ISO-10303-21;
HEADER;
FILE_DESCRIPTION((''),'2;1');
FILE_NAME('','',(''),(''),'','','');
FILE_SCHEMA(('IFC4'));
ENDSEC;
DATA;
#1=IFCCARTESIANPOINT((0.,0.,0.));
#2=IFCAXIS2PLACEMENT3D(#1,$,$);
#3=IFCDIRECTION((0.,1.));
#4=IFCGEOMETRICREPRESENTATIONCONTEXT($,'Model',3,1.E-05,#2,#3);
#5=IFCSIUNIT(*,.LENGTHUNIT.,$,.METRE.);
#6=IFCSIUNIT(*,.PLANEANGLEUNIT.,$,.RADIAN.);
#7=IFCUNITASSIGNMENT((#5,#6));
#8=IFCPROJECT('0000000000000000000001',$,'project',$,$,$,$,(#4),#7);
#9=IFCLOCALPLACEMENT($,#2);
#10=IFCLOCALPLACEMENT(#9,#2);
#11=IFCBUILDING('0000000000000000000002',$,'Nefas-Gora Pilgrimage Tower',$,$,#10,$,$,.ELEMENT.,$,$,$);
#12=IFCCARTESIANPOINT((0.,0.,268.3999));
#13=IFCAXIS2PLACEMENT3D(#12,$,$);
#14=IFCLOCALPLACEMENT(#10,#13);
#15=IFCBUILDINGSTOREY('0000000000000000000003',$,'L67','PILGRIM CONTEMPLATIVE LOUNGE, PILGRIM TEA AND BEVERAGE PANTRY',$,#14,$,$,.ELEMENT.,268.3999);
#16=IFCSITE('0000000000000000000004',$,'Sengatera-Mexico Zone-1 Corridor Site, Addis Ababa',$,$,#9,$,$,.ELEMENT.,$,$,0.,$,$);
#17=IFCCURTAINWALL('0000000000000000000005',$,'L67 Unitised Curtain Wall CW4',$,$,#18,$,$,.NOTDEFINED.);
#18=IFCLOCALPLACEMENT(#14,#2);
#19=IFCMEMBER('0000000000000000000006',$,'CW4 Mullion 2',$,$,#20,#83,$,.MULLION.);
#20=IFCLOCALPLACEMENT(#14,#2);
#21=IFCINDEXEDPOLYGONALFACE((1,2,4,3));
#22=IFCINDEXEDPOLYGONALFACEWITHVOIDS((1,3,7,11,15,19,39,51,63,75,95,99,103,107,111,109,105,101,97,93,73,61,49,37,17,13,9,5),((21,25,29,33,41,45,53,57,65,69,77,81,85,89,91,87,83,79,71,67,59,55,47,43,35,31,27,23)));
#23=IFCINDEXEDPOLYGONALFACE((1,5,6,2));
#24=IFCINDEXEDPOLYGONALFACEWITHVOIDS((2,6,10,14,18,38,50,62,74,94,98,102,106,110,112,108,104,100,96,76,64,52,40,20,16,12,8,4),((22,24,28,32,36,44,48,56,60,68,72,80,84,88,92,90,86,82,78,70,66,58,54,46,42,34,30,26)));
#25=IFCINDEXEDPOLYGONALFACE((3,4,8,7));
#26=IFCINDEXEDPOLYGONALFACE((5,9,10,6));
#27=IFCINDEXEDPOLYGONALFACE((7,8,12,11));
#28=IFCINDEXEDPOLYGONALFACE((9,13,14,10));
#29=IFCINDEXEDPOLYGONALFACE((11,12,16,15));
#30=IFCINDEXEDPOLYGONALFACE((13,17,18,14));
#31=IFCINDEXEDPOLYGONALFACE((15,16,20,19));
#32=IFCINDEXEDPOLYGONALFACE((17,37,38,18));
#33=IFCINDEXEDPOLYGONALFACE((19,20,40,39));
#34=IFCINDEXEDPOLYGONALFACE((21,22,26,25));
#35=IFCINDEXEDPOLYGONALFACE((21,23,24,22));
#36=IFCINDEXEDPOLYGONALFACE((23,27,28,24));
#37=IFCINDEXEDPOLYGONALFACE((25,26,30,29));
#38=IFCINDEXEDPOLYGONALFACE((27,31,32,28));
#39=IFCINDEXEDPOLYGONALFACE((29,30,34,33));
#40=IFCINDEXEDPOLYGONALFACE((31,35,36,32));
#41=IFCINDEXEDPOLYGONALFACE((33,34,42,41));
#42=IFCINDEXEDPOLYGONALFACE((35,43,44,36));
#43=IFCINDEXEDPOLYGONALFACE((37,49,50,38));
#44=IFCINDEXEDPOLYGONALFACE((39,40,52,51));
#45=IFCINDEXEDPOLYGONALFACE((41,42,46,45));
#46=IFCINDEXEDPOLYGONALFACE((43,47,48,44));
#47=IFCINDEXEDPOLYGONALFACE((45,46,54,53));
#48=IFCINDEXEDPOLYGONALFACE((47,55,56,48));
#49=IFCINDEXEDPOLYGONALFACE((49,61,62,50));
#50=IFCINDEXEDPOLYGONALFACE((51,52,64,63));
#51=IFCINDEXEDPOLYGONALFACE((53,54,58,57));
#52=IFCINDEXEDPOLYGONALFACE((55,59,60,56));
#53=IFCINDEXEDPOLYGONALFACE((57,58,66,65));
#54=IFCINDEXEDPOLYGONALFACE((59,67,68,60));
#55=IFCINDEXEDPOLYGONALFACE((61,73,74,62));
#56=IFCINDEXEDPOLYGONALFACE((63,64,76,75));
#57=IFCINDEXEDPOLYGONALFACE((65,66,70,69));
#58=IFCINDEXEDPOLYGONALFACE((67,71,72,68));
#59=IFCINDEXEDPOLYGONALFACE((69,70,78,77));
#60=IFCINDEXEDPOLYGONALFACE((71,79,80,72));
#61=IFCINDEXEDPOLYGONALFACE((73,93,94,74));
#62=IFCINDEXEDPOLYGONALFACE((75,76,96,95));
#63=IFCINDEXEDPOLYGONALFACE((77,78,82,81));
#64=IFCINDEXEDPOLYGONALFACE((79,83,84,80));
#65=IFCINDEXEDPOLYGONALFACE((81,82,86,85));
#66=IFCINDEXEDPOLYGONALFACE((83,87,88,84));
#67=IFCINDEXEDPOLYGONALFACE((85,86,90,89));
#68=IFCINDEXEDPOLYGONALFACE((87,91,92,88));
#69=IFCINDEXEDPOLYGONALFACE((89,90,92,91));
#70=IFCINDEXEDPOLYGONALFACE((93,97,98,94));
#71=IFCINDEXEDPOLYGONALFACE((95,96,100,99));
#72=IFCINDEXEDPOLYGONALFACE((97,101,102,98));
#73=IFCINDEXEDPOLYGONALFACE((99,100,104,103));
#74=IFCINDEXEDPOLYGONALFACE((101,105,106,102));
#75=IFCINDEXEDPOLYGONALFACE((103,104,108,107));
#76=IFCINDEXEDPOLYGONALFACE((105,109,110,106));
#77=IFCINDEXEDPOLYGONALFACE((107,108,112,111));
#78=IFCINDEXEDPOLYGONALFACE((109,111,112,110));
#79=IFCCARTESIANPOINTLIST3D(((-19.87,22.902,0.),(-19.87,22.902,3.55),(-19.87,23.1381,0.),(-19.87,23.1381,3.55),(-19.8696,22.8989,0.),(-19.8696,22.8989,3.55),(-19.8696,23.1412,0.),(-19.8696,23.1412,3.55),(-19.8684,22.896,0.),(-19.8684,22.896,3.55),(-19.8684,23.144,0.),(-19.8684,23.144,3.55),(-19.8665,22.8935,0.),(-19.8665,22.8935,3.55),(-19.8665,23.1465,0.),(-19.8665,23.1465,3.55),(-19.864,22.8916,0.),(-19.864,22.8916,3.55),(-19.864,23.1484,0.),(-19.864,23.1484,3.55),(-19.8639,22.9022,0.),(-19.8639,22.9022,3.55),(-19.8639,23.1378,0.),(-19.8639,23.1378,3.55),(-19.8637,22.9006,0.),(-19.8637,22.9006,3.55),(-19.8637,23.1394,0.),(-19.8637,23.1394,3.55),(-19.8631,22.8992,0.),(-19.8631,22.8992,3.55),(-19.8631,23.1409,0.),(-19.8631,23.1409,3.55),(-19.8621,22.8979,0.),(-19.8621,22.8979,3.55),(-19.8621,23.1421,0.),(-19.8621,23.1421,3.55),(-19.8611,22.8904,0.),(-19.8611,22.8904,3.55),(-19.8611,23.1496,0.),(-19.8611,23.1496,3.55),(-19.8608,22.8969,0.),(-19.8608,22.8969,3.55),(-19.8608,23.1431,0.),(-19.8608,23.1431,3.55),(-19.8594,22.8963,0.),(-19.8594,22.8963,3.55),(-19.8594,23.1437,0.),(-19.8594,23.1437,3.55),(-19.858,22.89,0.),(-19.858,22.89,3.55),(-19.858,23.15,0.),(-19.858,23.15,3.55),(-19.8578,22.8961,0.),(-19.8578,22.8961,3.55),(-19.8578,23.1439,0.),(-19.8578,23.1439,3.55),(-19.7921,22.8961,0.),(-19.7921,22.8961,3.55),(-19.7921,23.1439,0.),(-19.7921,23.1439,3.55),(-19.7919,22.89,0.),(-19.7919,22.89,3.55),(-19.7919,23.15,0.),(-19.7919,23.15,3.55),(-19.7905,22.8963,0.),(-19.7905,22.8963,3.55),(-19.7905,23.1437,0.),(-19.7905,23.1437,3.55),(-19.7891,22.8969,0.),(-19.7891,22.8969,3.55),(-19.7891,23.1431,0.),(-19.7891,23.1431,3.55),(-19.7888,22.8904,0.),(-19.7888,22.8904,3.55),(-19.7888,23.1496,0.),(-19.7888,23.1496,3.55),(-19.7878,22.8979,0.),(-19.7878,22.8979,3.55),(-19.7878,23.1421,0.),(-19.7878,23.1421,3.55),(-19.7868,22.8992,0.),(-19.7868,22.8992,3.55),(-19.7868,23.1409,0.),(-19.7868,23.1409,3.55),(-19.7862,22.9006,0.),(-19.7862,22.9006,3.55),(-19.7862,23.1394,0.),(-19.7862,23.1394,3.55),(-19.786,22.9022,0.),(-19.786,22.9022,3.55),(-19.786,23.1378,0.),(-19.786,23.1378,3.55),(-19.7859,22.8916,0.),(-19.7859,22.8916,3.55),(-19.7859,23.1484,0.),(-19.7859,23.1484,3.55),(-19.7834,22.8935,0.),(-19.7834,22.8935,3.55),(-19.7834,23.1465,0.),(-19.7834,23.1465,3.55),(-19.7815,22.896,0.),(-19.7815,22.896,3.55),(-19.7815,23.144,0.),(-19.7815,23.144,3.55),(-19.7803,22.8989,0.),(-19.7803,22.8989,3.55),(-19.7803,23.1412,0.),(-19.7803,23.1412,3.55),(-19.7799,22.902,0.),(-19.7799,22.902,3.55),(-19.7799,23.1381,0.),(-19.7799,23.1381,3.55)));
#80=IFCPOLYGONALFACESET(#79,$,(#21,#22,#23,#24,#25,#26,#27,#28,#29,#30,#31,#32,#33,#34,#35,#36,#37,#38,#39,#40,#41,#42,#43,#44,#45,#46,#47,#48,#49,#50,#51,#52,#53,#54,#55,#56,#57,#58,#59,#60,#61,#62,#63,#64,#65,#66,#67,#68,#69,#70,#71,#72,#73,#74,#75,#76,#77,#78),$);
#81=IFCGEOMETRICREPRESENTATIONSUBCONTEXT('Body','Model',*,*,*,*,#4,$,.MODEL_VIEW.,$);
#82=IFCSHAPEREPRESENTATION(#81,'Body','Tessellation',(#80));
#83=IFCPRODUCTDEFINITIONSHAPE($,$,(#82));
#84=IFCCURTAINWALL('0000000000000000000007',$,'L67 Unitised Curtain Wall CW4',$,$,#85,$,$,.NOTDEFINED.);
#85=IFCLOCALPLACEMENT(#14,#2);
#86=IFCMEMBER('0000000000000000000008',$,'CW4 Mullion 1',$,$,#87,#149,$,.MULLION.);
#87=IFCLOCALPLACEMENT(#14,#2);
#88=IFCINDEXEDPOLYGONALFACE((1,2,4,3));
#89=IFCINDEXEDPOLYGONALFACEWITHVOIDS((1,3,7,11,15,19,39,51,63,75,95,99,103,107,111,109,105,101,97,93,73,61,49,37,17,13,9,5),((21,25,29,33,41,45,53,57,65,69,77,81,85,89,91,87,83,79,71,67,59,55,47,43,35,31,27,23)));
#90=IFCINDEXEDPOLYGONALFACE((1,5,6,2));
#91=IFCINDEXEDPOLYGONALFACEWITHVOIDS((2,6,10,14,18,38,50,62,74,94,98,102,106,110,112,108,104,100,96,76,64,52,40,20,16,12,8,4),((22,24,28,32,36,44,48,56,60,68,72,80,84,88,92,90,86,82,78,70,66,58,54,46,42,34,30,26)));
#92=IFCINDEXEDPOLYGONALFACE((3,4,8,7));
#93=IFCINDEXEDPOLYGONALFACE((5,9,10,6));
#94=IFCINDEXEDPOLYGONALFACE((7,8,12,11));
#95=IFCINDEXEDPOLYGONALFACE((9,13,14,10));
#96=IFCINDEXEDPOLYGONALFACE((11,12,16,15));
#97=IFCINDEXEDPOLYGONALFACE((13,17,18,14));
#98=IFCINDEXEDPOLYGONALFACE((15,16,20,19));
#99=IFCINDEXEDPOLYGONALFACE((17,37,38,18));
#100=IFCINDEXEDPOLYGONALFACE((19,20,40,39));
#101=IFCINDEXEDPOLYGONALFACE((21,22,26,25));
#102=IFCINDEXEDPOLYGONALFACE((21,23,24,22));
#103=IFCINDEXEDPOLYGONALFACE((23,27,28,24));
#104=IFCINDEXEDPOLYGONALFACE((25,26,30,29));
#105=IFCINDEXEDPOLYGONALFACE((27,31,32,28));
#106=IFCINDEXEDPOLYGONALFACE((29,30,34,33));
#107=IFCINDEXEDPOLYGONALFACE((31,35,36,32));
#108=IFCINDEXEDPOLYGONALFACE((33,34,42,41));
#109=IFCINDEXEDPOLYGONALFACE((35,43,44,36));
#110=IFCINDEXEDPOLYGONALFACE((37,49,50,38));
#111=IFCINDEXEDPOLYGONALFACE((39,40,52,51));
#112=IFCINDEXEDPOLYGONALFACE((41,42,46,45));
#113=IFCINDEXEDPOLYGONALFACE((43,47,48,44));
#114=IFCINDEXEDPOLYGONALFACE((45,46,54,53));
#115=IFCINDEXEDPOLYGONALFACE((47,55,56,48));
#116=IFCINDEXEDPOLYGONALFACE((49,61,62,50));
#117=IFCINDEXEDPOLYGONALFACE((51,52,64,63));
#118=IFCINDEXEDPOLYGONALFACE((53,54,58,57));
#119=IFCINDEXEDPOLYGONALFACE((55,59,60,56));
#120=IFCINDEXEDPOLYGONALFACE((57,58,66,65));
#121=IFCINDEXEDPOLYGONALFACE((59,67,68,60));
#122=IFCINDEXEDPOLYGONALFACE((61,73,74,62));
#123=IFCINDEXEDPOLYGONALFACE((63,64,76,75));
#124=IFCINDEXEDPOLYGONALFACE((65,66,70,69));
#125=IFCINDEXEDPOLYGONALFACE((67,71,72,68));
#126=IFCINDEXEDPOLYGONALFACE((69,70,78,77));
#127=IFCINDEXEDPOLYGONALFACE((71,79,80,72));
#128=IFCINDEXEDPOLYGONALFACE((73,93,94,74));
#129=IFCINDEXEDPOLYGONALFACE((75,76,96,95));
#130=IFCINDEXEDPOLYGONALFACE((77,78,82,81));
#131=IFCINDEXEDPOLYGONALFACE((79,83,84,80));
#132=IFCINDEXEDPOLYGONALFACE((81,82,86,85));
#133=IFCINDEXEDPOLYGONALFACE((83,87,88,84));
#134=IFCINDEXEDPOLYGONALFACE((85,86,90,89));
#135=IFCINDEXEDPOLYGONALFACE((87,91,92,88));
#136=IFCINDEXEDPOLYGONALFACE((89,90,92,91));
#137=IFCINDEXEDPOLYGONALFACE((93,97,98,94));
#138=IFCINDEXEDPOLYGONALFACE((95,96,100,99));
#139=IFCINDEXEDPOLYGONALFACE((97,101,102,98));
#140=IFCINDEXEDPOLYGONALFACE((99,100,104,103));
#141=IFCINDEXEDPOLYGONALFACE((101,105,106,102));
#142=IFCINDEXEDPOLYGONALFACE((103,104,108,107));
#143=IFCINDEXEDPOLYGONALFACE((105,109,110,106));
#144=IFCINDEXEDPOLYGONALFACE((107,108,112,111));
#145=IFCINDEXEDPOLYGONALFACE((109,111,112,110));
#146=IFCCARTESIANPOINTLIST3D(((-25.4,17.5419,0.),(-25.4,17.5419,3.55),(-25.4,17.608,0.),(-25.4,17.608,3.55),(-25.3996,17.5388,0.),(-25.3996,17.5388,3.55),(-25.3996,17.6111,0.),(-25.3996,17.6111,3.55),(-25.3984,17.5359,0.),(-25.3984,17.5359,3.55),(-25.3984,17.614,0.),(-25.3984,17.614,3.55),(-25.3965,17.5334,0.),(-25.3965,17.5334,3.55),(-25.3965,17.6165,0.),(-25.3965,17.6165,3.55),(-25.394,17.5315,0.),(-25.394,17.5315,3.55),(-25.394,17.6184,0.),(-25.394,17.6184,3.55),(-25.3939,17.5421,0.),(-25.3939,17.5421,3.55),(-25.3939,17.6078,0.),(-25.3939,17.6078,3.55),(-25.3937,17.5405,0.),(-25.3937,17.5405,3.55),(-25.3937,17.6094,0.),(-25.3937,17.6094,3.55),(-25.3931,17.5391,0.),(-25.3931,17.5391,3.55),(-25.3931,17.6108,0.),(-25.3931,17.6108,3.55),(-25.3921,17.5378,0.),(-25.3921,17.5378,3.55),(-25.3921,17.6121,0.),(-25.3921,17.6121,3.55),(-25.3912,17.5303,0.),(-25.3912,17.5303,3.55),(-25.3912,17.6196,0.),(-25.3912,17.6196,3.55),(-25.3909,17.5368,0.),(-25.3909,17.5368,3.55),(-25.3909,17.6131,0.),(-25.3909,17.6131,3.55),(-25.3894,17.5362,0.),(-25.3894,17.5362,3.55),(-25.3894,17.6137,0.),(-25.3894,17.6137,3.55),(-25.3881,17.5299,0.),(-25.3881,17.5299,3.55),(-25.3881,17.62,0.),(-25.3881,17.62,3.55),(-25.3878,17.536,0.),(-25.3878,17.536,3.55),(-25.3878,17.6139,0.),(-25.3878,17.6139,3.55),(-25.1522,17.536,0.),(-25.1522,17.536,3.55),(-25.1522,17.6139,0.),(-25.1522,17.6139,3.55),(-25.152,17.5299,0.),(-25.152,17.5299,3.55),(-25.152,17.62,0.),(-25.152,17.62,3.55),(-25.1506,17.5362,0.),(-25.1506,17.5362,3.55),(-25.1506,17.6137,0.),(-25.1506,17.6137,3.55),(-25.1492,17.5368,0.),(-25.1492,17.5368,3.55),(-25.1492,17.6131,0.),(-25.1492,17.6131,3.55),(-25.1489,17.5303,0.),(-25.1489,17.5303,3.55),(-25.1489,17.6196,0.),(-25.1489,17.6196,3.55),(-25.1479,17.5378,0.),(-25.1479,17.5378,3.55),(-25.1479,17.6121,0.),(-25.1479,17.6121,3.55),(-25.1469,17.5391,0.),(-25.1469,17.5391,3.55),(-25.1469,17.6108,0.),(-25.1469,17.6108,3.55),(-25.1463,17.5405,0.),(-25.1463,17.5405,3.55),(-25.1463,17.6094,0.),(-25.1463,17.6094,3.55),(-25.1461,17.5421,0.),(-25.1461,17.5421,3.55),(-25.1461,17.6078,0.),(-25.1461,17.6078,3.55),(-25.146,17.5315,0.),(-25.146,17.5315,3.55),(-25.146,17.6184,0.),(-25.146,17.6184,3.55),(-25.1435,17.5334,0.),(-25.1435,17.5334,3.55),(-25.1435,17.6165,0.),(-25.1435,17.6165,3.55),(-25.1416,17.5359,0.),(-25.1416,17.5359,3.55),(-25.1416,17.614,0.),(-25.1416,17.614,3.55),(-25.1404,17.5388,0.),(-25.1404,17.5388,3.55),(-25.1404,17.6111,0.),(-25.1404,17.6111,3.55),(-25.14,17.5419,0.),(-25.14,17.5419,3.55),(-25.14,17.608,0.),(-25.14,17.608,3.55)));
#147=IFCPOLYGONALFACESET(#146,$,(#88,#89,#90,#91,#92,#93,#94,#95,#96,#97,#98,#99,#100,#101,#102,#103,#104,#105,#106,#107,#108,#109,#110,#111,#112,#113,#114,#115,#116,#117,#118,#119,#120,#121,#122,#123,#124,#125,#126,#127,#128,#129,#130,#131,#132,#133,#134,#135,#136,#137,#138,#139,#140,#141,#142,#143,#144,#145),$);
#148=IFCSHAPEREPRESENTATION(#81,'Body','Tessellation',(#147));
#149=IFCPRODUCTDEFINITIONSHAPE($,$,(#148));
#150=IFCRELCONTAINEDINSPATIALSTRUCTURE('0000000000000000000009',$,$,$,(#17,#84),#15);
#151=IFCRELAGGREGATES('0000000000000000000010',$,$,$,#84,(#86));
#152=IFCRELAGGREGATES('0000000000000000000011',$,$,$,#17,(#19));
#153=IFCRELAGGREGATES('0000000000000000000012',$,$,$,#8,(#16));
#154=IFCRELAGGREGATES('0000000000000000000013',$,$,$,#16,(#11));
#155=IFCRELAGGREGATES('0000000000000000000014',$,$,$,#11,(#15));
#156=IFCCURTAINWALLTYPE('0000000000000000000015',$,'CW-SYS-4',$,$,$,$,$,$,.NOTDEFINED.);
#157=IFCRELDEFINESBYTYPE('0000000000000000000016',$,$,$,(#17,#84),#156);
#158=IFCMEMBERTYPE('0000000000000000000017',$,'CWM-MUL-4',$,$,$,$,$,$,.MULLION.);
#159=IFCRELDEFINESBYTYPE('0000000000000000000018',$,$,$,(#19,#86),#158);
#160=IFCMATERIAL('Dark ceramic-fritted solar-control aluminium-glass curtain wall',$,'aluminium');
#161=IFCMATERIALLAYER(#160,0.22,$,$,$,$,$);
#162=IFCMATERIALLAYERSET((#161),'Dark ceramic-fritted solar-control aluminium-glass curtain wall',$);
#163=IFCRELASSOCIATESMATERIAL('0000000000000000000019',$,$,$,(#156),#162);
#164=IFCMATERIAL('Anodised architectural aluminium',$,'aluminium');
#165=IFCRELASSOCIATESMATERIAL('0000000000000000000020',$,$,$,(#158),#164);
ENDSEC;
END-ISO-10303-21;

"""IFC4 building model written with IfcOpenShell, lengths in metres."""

from ifc_helpers import new_model, si_unit, direction, frame, origin, origin_2d, place, context, subcontext, project, spatial, hollow_rectangle, extrude, source, transform, mapped, material, layer, layer_set, material_profile, profile_set, type_object, element, aggregate, save


model = new_model("IFC4")

# Units and contexts
model_context = context("Model", 3, precision=1e-05, world=origin(), true_north=direction((0.0, 1.0)))
body_context = subcontext(model_context, "Body", "Model", "MODEL_VIEW")
ifc_project = project(units=[si_unit("LENGTHUNIT", "METRE"), si_unit("PLANEANGLEUNIT", "RADIAN")], contexts=[model_context])

# Site, building, storey
site_placement = place(None, origin())
site = spatial("IfcSite", under=ifc_project, at=site_placement, Name="Sengatera-Mexico Zone-1 Corridor Site, Addis Ababa", CompositionType="ELEMENT", RefElevation=0.0)
building_placement = place(site_placement, origin())
building = spatial("IfcBuilding", under=site, at=building_placement, Name="Nefas-Gora Pilgrimage Tower", CompositionType="ELEMENT")
storey_placement = place(building_placement, frame((0.0, 0.0, 268.3999)))
storey = spatial("IfcBuildingStorey", under=building, at=storey_placement, Name="L67", Description="PILGRIM CONTEMPLATIVE LOUNGE, PILGRIM TEA AND BEVERAGE PANTRY", CompositionType="ELEMENT", Elevation=268.3999)

# Curtain walls, members
ifc_material_1 = material(Name="Dark ceramic-fritted solar-control aluminium-glass curtain wall", Category="aluminium")
ifc_material_2 = material(Name="Anodised architectural aluminium", Category="aluminium")
ifc_layer_1 = layer(ifc_material_1, 0.22)
ifc_layer_set_1 = layer_set([ifc_layer_1], Name="Dark ceramic-fritted solar-control aluminium-glass curtain wall")
curtain_wall_type_1 = type_object("IfcCurtainWallType", Name="CW-SYS-4", PredefinedType="NOTDEFINED", material=ifc_layer_set_1)
curtain_wall_1_placement = place(storey_placement, origin())
curtain_wall_1 = element("IfcCurtainWall", 1, at=curtain_wall_1_placement, inside=storey, type_object=curtain_wall_type_1, Name="L67 Unitised Curtain Wall CW4", PredefinedType="NOTDEFINED")
ifc_material_profile_1 = material_profile(ifc_material_2, hollow_rectangle(XDim=0.0901, YDim=0.26, WallThickness=0.0061, InnerFilletRadius=0.0061, OuterFilletRadius=0.012, at=origin_2d()), Name="ALU MULLION 90x260")
ifc_profile_set_1 = profile_set([ifc_material_profile_1], Name="Anodised architectural aluminium")
member_type_1 = type_object("IfcMemberType", Name="CWM-MUL-4", PredefinedType="MULLION", material=ifc_profile_set_1)
shared_shape_1 = source(origin(), body_context, "Body", "SweptSolid", [
    extrude(hollow_rectangle(XDim=0.0901, YDim=0.26, WallThickness=0.0061, InnerFilletRadius=0.0061, OuterFilletRadius=0.012, at=origin_2d()), origin(), (0.0, 0.0, 1.0), 3.55),
])
member_1_placement = place(storey_placement, frame((-19.825, 23.02, 0.0), z_axis=(0.0, 0.0, 1.0), x_axis=(-1.0, 0.0, 0.0)))
member_1 = element("IfcMember", 2, at=member_1_placement, type_object=member_type_1, Name="CW4 Mullion 2", PredefinedType="MULLION", context=body_context, shape_type="MappedRepresentation", body=[
    mapped(shared_shape_1, transform((0.0, 0.0, 0.0), x_axis=(1.0, 0.0, 0.0), y_axis=(0.0, 1.0, 0.0), z_axis=(0.0, 0.0, 1.0), scale=1.0)),
])
curtain_wall_2_placement = place(storey_placement, origin())
curtain_wall_2 = element("IfcCurtainWall", 3, at=curtain_wall_2_placement, inside=storey, type_object=curtain_wall_type_1, Name="L67 Unitised Curtain Wall CW4", PredefinedType="NOTDEFINED")
member_2_placement = place(storey_placement, frame((-25.27, 17.575, 0.0), z_axis=(0.0, 0.0, 1.0), x_axis=(0.0, -1.0, 0.0)))
member_2 = element("IfcMember", 4, at=member_2_placement, type_object=member_type_1, Name="CW4 Mullion 1", PredefinedType="MULLION", context=body_context, shape_type="MappedRepresentation", body=[
    mapped(shared_shape_1, transform((0.0, 0.0, 0.0), x_axis=(1.0, 0.0, 0.0), y_axis=(0.0, 1.0, 0.0), z_axis=(0.0, 0.0, 1.0), scale=1.0)),
])
aggregate(curtain_wall_2, [member_2])

aggregate(curtain_wall_1, [member_1])

save(model, "model.ifc")
